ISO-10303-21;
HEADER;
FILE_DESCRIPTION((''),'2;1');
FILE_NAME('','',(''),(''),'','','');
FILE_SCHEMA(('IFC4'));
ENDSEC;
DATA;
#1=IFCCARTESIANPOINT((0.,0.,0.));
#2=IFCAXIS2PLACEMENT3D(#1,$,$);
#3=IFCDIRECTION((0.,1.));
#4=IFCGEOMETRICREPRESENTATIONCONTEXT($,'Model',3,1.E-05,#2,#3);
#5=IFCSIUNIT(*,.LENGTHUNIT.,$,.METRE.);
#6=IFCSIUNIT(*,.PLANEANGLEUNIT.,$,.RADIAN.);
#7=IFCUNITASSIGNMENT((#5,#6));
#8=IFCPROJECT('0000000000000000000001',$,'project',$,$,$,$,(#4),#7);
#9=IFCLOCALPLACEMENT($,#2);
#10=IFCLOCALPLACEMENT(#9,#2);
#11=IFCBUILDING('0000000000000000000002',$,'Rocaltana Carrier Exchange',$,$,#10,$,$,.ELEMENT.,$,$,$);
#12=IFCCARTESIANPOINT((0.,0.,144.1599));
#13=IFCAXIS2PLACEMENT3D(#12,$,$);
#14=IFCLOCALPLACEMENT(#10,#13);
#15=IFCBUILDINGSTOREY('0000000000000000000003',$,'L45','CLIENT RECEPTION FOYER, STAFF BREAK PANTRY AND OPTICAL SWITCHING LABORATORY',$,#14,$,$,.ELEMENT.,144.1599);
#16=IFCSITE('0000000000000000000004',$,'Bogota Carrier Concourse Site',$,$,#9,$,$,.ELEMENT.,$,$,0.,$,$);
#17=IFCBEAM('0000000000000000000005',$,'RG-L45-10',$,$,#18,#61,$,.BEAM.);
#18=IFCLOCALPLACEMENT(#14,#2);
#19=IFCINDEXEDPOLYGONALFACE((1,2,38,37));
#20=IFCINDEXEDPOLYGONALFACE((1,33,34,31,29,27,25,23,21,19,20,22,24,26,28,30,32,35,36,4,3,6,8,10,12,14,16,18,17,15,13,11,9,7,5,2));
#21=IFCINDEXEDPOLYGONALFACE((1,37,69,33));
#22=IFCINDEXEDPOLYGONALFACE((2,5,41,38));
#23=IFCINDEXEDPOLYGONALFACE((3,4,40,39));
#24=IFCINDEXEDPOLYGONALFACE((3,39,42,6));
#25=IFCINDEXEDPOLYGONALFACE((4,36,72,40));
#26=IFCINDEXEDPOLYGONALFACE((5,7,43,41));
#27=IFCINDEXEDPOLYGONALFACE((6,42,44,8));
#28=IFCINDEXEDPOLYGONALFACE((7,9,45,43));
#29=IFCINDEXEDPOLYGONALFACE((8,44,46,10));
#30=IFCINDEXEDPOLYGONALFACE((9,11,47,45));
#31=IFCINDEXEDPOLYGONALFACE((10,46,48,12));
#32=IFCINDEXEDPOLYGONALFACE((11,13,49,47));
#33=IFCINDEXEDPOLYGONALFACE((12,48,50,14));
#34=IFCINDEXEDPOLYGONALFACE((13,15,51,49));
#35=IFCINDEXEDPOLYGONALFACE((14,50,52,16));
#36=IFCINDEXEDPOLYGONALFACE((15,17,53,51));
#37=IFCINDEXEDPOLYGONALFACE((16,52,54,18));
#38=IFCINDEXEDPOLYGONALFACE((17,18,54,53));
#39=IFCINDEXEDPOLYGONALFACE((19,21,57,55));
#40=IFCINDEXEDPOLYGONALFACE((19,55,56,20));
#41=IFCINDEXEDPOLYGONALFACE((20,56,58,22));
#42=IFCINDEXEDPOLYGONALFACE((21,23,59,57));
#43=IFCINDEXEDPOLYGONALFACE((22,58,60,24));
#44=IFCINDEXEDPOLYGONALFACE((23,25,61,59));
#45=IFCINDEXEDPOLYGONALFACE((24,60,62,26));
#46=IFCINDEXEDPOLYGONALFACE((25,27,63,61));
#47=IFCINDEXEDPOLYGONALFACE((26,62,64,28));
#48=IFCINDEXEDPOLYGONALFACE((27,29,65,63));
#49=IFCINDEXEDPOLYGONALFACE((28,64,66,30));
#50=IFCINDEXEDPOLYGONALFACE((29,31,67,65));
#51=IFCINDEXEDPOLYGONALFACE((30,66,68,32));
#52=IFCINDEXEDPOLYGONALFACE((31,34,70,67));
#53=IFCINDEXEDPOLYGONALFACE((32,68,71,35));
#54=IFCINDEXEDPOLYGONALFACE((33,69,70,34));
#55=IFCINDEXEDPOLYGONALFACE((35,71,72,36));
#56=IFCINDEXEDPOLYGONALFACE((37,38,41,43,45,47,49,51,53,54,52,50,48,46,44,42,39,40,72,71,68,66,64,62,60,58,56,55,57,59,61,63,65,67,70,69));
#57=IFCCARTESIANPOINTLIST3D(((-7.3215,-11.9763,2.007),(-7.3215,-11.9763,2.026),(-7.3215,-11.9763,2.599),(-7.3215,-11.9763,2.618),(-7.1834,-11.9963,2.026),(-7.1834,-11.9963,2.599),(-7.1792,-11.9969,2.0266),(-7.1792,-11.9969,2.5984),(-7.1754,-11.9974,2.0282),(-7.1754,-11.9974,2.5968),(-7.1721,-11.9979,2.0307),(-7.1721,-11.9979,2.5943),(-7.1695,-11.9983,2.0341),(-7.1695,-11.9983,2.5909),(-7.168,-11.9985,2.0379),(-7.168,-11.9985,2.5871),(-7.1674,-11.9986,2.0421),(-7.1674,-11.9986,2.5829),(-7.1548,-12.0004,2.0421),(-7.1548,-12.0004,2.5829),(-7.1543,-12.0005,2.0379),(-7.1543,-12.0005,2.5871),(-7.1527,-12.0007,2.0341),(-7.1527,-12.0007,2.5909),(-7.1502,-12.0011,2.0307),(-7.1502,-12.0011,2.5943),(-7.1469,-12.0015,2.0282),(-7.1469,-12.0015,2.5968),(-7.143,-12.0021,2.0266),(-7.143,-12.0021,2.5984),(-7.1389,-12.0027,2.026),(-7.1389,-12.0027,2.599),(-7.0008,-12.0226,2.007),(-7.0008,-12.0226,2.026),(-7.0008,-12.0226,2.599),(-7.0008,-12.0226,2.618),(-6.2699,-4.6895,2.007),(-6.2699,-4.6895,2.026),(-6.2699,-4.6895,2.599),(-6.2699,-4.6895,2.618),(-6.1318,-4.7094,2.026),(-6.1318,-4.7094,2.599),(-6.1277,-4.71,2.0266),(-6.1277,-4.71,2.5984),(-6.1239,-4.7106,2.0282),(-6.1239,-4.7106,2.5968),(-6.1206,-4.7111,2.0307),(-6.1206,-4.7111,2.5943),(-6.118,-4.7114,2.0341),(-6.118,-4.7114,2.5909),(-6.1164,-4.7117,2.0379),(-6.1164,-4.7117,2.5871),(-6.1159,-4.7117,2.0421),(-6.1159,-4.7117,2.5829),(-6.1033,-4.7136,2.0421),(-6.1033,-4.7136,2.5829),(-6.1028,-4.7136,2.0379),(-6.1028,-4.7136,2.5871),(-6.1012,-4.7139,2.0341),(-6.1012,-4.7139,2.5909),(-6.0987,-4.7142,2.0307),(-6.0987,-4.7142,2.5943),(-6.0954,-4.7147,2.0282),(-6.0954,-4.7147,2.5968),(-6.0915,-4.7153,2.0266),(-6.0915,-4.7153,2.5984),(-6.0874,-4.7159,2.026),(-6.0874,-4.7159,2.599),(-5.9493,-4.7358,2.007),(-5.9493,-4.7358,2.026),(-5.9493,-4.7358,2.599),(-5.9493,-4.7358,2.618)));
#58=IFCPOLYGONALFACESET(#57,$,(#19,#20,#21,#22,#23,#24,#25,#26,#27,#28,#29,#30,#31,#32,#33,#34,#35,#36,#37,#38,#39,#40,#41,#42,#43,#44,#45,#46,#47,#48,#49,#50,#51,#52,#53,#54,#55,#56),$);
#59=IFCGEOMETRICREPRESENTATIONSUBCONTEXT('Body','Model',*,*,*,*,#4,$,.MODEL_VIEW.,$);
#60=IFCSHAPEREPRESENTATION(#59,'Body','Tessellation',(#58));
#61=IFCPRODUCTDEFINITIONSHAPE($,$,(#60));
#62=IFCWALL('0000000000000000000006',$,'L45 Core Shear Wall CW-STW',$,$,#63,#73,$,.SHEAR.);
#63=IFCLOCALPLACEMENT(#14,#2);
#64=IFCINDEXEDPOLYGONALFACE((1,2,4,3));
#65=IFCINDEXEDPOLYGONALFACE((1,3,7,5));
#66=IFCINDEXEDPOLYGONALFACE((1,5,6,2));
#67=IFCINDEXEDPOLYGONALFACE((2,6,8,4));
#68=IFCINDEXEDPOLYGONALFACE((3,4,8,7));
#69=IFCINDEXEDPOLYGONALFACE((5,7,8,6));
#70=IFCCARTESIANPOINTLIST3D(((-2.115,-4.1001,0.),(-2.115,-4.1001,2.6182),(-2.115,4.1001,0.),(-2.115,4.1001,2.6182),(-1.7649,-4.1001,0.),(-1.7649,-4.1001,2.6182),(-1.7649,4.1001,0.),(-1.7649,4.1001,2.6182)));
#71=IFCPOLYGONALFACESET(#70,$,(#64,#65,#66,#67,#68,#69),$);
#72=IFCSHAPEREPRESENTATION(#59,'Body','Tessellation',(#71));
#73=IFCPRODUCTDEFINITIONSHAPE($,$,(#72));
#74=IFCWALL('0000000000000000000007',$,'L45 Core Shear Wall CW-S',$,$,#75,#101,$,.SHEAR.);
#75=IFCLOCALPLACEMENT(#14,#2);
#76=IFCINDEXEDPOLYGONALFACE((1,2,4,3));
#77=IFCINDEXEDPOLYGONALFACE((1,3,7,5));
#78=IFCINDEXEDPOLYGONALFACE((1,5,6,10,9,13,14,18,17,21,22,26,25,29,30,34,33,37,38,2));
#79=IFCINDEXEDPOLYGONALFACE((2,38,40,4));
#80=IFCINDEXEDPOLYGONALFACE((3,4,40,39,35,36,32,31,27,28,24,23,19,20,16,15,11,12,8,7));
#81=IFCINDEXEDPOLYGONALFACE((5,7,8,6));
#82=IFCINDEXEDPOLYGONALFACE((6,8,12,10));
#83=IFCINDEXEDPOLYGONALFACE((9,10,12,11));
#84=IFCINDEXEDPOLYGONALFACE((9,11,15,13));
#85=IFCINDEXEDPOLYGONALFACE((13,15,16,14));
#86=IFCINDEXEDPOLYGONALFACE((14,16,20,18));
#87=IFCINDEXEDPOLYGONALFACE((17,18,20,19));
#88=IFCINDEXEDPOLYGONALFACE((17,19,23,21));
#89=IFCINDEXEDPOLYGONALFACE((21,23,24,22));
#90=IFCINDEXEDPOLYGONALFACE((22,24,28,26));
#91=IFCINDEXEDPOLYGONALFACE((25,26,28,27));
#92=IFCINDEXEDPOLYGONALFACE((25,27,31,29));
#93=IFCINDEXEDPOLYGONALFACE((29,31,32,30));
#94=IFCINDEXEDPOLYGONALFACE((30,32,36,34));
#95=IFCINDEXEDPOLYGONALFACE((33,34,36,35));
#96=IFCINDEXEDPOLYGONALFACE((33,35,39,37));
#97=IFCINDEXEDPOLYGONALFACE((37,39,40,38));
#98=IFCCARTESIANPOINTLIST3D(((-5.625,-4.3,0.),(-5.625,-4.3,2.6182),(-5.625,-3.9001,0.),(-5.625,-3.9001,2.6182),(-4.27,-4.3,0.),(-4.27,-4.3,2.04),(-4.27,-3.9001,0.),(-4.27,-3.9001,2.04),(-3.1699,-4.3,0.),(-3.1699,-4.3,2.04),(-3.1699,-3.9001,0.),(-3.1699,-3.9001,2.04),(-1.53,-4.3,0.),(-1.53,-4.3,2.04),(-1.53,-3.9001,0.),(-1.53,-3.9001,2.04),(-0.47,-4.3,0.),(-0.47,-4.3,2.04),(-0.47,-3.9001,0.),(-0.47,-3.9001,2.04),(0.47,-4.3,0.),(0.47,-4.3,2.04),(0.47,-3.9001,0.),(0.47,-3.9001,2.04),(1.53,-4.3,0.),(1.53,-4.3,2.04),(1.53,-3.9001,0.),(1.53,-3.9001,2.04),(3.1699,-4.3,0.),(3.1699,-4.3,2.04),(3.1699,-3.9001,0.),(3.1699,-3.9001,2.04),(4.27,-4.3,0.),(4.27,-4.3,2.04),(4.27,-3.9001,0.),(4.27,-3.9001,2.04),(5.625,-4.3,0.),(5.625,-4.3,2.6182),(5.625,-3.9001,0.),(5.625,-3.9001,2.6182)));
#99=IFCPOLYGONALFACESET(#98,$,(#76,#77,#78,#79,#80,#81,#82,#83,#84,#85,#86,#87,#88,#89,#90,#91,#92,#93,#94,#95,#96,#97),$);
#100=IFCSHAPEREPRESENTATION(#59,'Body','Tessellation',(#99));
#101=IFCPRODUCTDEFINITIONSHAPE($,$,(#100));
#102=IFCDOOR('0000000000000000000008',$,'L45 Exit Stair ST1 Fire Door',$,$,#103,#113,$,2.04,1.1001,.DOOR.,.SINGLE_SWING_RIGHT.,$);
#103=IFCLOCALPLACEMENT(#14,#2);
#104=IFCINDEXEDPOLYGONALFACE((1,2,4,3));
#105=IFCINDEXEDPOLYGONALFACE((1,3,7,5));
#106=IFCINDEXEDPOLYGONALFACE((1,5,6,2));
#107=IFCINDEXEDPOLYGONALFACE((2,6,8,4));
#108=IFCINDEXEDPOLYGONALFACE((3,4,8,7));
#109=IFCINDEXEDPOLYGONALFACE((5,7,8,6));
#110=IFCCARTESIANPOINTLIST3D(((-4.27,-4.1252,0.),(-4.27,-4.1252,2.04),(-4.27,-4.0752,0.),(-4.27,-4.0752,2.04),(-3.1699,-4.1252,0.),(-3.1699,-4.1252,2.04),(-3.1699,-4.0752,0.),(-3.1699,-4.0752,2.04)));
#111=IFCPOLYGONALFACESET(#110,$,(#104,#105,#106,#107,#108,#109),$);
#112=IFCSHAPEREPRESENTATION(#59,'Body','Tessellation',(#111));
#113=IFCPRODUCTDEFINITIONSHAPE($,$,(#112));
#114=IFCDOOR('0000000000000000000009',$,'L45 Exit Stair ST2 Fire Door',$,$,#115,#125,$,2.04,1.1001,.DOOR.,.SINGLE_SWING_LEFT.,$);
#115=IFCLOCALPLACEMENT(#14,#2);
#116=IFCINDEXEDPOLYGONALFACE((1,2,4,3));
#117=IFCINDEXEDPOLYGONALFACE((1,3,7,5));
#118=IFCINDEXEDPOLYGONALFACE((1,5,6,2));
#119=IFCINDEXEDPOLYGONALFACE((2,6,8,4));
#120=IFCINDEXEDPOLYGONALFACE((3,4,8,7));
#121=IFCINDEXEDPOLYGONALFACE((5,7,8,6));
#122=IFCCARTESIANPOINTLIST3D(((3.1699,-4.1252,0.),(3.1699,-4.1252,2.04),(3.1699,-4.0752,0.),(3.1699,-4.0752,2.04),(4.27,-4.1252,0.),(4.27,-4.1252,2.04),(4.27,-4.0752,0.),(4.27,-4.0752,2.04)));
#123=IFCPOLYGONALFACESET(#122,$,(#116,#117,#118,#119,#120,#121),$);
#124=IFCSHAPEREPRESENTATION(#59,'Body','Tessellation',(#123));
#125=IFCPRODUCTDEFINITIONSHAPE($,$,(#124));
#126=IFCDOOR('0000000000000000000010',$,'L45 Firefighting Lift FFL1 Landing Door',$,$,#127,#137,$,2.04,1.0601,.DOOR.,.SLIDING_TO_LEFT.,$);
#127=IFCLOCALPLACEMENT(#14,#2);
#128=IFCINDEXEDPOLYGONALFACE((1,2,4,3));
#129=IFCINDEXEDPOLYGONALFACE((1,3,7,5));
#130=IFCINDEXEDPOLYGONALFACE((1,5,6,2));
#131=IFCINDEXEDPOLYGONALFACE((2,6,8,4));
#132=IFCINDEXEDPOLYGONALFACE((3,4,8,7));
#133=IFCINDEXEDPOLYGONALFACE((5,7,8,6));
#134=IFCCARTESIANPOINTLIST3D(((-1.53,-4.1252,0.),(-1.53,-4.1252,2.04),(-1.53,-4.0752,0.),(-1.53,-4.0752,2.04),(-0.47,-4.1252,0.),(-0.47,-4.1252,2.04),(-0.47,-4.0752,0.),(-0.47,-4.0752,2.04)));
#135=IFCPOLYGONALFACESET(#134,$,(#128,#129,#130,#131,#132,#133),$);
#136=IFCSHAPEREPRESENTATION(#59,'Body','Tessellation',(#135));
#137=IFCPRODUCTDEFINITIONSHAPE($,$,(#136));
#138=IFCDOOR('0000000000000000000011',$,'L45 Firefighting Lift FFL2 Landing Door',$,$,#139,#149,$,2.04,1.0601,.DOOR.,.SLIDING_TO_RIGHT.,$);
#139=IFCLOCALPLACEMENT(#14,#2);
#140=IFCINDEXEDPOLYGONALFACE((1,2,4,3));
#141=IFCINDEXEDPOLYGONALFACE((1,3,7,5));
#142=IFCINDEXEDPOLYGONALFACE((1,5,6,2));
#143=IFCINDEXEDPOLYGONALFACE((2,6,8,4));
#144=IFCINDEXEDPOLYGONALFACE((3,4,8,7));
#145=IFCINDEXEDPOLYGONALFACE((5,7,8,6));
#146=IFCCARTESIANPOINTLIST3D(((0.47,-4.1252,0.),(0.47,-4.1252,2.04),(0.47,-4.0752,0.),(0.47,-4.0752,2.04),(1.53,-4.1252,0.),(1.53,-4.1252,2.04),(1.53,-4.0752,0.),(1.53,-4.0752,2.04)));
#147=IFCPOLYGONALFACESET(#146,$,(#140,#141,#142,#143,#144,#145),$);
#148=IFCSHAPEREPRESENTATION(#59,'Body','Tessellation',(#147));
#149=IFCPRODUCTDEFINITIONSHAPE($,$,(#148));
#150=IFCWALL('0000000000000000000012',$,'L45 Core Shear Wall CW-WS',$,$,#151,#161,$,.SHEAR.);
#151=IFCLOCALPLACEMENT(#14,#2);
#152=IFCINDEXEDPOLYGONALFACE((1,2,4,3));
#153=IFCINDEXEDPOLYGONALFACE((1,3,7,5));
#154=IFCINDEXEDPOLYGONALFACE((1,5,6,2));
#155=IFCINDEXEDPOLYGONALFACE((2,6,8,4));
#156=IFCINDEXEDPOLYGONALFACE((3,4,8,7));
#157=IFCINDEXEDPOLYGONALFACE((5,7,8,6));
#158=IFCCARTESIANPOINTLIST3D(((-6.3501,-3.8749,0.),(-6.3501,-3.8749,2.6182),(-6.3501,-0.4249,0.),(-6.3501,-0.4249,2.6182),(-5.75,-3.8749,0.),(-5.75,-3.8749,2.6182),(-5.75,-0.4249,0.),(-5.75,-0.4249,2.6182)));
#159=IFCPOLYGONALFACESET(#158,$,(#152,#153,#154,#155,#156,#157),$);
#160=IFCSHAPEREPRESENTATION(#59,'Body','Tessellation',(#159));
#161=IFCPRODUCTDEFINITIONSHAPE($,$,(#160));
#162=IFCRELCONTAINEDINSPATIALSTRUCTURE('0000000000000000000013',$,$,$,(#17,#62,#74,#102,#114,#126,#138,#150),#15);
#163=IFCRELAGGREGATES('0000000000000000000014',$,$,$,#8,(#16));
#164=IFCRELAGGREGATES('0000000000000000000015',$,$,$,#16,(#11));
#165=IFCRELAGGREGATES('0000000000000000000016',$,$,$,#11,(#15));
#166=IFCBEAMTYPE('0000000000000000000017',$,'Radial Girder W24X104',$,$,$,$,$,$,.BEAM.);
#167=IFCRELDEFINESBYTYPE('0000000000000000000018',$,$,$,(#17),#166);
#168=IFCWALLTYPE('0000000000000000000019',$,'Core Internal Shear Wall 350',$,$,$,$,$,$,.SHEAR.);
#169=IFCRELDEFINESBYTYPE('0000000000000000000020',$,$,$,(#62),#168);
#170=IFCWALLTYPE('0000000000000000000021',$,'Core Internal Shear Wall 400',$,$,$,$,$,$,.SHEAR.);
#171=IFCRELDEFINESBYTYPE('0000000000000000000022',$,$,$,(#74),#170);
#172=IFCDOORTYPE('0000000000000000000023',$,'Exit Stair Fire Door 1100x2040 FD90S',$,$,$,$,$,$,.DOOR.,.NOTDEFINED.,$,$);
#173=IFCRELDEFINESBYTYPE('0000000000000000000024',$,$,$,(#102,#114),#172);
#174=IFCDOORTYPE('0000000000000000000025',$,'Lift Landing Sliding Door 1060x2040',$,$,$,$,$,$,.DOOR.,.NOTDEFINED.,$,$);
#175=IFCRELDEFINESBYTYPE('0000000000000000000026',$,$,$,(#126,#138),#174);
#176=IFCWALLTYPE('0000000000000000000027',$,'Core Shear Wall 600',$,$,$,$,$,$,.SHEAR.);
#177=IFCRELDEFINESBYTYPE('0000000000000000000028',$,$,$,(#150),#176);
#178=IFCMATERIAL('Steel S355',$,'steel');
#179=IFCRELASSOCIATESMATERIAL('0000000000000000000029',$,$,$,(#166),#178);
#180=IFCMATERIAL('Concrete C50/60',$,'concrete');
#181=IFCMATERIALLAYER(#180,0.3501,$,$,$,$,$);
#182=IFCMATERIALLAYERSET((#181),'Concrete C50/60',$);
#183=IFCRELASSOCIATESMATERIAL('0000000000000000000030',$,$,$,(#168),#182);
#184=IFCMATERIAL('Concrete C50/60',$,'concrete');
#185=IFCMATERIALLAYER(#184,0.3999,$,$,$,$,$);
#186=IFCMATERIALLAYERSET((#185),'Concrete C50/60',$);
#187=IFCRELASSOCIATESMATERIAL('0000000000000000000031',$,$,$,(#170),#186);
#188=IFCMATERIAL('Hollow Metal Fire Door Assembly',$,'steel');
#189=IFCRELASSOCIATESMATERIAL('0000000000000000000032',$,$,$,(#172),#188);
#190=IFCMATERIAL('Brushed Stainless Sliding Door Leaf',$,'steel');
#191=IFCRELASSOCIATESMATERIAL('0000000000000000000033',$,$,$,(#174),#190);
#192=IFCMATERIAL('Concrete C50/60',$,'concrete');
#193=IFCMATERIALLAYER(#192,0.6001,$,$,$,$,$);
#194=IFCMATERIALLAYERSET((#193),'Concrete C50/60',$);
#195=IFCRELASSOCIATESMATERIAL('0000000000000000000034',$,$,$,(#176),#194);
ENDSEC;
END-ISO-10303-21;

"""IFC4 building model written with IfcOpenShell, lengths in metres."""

from ifc_helpers import new_model, si_unit, direction, frame, frame_2d, origin, origin_2d, place, context, subcontext, project, spatial, rectangle, i_section, extrude, material, layer, layer_set, material_profile, profile_set, type_object, element, fill, save


model = new_model("IFC4")

# Units and contexts
model_context = context("Model", 3, precision=1e-05, world=origin(), true_north=direction((0.0, 1.0)))
body_context = subcontext(model_context, "Body", "Model", "MODEL_VIEW")
ifc_project = project(units=[si_unit("LENGTHUNIT", "METRE"), si_unit("PLANEANGLEUNIT", "RADIAN")], contexts=[model_context])

# Site, building, storey
site_placement = place(None, origin())
site = spatial("IfcSite", under=ifc_project, at=site_placement, Name="Bogota Carrier Concourse Site", CompositionType="ELEMENT", RefElevation=0.0)
building_placement = place(site_placement, origin())
building = spatial("IfcBuilding", under=site, at=building_placement, Name="Rocaltana Carrier Exchange", CompositionType="ELEMENT")
storey_placement = place(building_placement, frame((0.0, 0.0, 144.1599)))
storey = spatial("IfcBuildingStorey", under=building, at=storey_placement, Name="L45", Description="CLIENT RECEPTION FOYER, STAFF BREAK PANTRY AND OPTICAL SWITCHING LABORATORY", CompositionType="ELEMENT", Elevation=144.1599)

# Beam
ifc_material_1 = material(Name="Steel S355", Category="steel")
ifc_material_profile_1 = material_profile(ifc_material_1, i_section(OverallWidth=0.324, OverallDepth=0.6111, WebThickness=0.0127, FlangeThickness=0.019, FilletRadius=0.0161, at=origin_2d()), Name="W24X104")
ifc_profile_set_1 = profile_set([ifc_material_profile_1], Name="Steel S355")
beam_type = type_object("IfcBeamType", Name="Radial Girder W24X104", PredefinedType="BEAM", material=ifc_profile_set_1)
beam_1_placement = place(storey_placement, frame((-6.1096, -4.7126, 2.3125), z_axis=(-0.142823, -0.989748, 0.0), x_axis=(0.989748, -0.142823, 0.0)))
element("IfcBeam", 1, at=beam_1_placement, inside=storey, type_object=beam_type, Name="RG-L45-10", PredefinedType="BEAM", context=body_context, shape_type="SweptSolid", body=[
    extrude(i_section(OverallWidth=0.324, OverallDepth=0.6111, WebThickness=0.0127, FlangeThickness=0.019, FilletRadius=0.0161, at=origin_2d()), origin(), (0.0, 0.0, 1.0), 7.3623),
])

# Wall
ifc_material_2 = material(Name="Concrete C50/60", Category="concrete")
ifc_layer_1 = layer(ifc_material_2, 0.3501)
ifc_layer_set_1 = layer_set([ifc_layer_1], Name="Concrete C50/60")
wall_type_1 = type_object("IfcWallType", Name="Core Internal Shear Wall 350", PredefinedType="SHEAR", material=ifc_layer_set_1)
wall_1_placement = place(storey_placement, frame((-1.9399, -4.1001, 0.0), z_axis=(0.0, 0.0, 1.0), x_axis=(0.0, 1.0, 0.0)))
element("IfcWall", 2, at=wall_1_placement, inside=storey, type_object=wall_type_1, Name="L45 Core Shear Wall CW-STW", PredefinedType="SHEAR", context=body_context, shape_type="SweptSolid", body=[
    extrude(rectangle(XDim=8.2002, YDim=0.3501, at=frame_2d((4.1001, 0.0))), origin(), (0.0, 0.0, 1.0), 2.6182),
])

# Wall, openings, doors
ifc_material_3 = material(Name="Concrete C50/60", Category="concrete")
ifc_layer_2 = layer(ifc_material_3, 0.3999)
ifc_layer_set_2 = layer_set([ifc_layer_2], Name="Concrete C50/60")
wall_type_2 = type_object("IfcWallType", Name="Core Internal Shear Wall 400", PredefinedType="SHEAR", material=ifc_layer_set_2)
wall_2_placement = place(storey_placement, frame((-5.625, -4.1001, 0.0), z_axis=(0.0, 0.0, 1.0), x_axis=(1.0, 0.0, 0.0)))
wall_2 = element("IfcWall", 3, at=wall_2_placement, inside=storey, type_object=wall_type_2, Name="L45 Core Shear Wall CW-S", PredefinedType="SHEAR", context=body_context, shape_type="SweptSolid", body=[
    extrude(rectangle(XDim=11.25, YDim=0.3999, at=frame_2d((5.625, 0.0))), origin(), (0.0, 0.0, 1.0), 2.6182),
])
opening_1_placement = place(wall_2_placement, frame((1.355, 0.0, 0.0)))
opening_1 = element("IfcOpeningElement", 4, at=opening_1_placement, cuts=wall_2, PredefinedType="OPENING", context=body_context, shape_type="SweptSolid", body=[
    extrude(rectangle(XDim=1.1001, YDim=2.04, at=frame_2d((0.55, 1.02))), frame((0.0, 0.21, 0.0), z_axis=(0.0, -1.0, 0.0), x_axis=(1.0, 0.0, 0.0)), (0.0, 0.0, 1.0), 0.4199),
])
opening_2_placement = place(wall_2_placement, frame((8.7949, 0.0, 0.0)))
opening_2 = element("IfcOpeningElement", 5, at=opening_2_placement, cuts=wall_2, PredefinedType="OPENING", context=body_context, shape_type="SweptSolid", body=[
    extrude(rectangle(XDim=1.1001, YDim=2.04, at=frame_2d((0.55, 1.02))), frame((0.0, 0.21, 0.0), z_axis=(0.0, -1.0, 0.0), x_axis=(1.0, 0.0, 0.0)), (0.0, 0.0, 1.0), 0.4199),
])
opening_3_placement = place(wall_2_placement, frame((4.095, 0.0, 0.0)))
opening_3 = element("IfcOpeningElement", 6, at=opening_3_placement, cuts=wall_2, PredefinedType="OPENING", context=body_context, shape_type="SweptSolid", body=[
    extrude(rectangle(XDim=1.0601, YDim=2.04, at=frame_2d((0.53, 1.02))), frame((0.0, 0.21, 0.0), z_axis=(0.0, -1.0, 0.0), x_axis=(1.0, 0.0, 0.0)), (0.0, 0.0, 1.0), 0.4199),
])
opening_4_placement = place(wall_2_placement, frame((6.095, 0.0, 0.0)))
opening_4 = element("IfcOpeningElement", 7, at=opening_4_placement, cuts=wall_2, PredefinedType="OPENING", context=body_context, shape_type="SweptSolid", body=[
    extrude(rectangle(XDim=1.0601, YDim=2.04, at=frame_2d((0.53, 1.02))), frame((0.0, 0.21, 0.0), z_axis=(0.0, -1.0, 0.0), x_axis=(1.0, 0.0, 0.0)), (0.0, 0.0, 1.0), 0.4199),
])
ifc_material_4 = material(Name="Hollow Metal Fire Door Assembly", Category="steel")
door_type_1 = type_object("IfcDoorType", Name="Exit Stair Fire Door 1100x2040 FD90S", OperationType="NOTDEFINED", PredefinedType="DOOR", material=ifc_material_4)
door_1_placement = place(opening_1_placement, origin())
door_1 = element("IfcDoor", 8, at=door_1_placement, inside=storey, type_object=door_type_1, Name="L45 Exit Stair ST1 Fire Door", OperationType="SINGLE_SWING_RIGHT", OverallHeight=2.04, OverallWidth=1.1001, PredefinedType="DOOR", context=body_context, shape_type="SweptSolid", body=[
    extrude(rectangle(XDim=1.1001, YDim=2.04, at=frame_2d((0.55, 1.02))), frame((0.0, 0.0249, 0.0), z_axis=(0.0, -1.0, 0.0), x_axis=(1.0, 0.0, 0.0)), (0.0, 0.0, 1.0), 0.05),
])
fill(opening_1, door_1)
door_2_placement = place(opening_2_placement, origin())
door_2 = element("IfcDoor", 9, at=door_2_placement, inside=storey, type_object=door_type_1, Name="L45 Exit Stair ST2 Fire Door", OperationType="SINGLE_SWING_LEFT", OverallHeight=2.04, OverallWidth=1.1001, PredefinedType="DOOR", context=body_context, shape_type="SweptSolid", body=[
    extrude(rectangle(XDim=1.1001, YDim=2.04, at=frame_2d((0.55, 1.02))), frame((0.0, 0.0249, 0.0), z_axis=(0.0, -1.0, 0.0), x_axis=(1.0, 0.0, 0.0)), (0.0, 0.0, 1.0), 0.05),
])
fill(opening_2, door_2)
ifc_material_5 = material(Name="Brushed Stainless Sliding Door Leaf", Category="steel")
door_type_2 = type_object("IfcDoorType", Name="Lift Landing Sliding Door 1060x2040", OperationType="NOTDEFINED", PredefinedType="DOOR", material=ifc_material_5)
door_3_placement = place(opening_3_placement, origin())
door_3 = element("IfcDoor", 10, at=door_3_placement, inside=storey, type_object=door_type_2, Name="L45 Firefighting Lift FFL1 Landing Door", OperationType="SLIDING_TO_LEFT", OverallHeight=2.04, OverallWidth=1.0601, PredefinedType="DOOR", context=body_context, shape_type="SweptSolid", body=[
    extrude(rectangle(XDim=1.0601, YDim=2.04, at=frame_2d((0.53, 1.02))), frame((0.0, 0.0249, 0.0), z_axis=(0.0, -1.0, 0.0), x_axis=(1.0, 0.0, 0.0)), (0.0, 0.0, 1.0), 0.05),
])
fill(opening_3, door_3)
door_4_placement = place(opening_4_placement, origin())
door_4 = element("IfcDoor", 11, at=door_4_placement, inside=storey, type_object=door_type_2, Name="L45 Firefighting Lift FFL2 Landing Door", OperationType="SLIDING_TO_RIGHT", OverallHeight=2.04, OverallWidth=1.0601, PredefinedType="DOOR", context=body_context, shape_type="SweptSolid", body=[
    extrude(rectangle(XDim=1.0601, YDim=2.04, at=frame_2d((0.53, 1.02))), frame((0.0, 0.0249, 0.0), z_axis=(0.0, -1.0, 0.0), x_axis=(1.0, 0.0, 0.0)), (0.0, 0.0, 1.0), 0.05),
])
fill(opening_4, door_4)

# Wall
ifc_material_6 = material(Name="Concrete C50/60", Category="concrete")
ifc_layer_3 = layer(ifc_material_6, 0.6001)
ifc_layer_set_3 = layer_set([ifc_layer_3], Name="Concrete C50/60")
wall_type_3 = type_object("IfcWallType", Name="Core Shear Wall 600", PredefinedType="SHEAR", material=ifc_layer_set_3)
wall_3_placement = place(storey_placement, frame((-6.05, -3.875, 0.0), z_axis=(0.0, 0.0, 1.0), x_axis=(0.0, 1.0, 0.0)))
element("IfcWall", 12, at=wall_3_placement, inside=storey, type_object=wall_type_3, Name="L45 Core Shear Wall CW-WS", PredefinedType="SHEAR", context=body_context, shape_type="SweptSolid", body=[
    extrude(rectangle(XDim=3.45, YDim=0.6001, at=frame_2d((1.7251, 0.0))), origin(), (0.0, 0.0, 1.0), 2.6182),
])

save(model, "model.ifc")
